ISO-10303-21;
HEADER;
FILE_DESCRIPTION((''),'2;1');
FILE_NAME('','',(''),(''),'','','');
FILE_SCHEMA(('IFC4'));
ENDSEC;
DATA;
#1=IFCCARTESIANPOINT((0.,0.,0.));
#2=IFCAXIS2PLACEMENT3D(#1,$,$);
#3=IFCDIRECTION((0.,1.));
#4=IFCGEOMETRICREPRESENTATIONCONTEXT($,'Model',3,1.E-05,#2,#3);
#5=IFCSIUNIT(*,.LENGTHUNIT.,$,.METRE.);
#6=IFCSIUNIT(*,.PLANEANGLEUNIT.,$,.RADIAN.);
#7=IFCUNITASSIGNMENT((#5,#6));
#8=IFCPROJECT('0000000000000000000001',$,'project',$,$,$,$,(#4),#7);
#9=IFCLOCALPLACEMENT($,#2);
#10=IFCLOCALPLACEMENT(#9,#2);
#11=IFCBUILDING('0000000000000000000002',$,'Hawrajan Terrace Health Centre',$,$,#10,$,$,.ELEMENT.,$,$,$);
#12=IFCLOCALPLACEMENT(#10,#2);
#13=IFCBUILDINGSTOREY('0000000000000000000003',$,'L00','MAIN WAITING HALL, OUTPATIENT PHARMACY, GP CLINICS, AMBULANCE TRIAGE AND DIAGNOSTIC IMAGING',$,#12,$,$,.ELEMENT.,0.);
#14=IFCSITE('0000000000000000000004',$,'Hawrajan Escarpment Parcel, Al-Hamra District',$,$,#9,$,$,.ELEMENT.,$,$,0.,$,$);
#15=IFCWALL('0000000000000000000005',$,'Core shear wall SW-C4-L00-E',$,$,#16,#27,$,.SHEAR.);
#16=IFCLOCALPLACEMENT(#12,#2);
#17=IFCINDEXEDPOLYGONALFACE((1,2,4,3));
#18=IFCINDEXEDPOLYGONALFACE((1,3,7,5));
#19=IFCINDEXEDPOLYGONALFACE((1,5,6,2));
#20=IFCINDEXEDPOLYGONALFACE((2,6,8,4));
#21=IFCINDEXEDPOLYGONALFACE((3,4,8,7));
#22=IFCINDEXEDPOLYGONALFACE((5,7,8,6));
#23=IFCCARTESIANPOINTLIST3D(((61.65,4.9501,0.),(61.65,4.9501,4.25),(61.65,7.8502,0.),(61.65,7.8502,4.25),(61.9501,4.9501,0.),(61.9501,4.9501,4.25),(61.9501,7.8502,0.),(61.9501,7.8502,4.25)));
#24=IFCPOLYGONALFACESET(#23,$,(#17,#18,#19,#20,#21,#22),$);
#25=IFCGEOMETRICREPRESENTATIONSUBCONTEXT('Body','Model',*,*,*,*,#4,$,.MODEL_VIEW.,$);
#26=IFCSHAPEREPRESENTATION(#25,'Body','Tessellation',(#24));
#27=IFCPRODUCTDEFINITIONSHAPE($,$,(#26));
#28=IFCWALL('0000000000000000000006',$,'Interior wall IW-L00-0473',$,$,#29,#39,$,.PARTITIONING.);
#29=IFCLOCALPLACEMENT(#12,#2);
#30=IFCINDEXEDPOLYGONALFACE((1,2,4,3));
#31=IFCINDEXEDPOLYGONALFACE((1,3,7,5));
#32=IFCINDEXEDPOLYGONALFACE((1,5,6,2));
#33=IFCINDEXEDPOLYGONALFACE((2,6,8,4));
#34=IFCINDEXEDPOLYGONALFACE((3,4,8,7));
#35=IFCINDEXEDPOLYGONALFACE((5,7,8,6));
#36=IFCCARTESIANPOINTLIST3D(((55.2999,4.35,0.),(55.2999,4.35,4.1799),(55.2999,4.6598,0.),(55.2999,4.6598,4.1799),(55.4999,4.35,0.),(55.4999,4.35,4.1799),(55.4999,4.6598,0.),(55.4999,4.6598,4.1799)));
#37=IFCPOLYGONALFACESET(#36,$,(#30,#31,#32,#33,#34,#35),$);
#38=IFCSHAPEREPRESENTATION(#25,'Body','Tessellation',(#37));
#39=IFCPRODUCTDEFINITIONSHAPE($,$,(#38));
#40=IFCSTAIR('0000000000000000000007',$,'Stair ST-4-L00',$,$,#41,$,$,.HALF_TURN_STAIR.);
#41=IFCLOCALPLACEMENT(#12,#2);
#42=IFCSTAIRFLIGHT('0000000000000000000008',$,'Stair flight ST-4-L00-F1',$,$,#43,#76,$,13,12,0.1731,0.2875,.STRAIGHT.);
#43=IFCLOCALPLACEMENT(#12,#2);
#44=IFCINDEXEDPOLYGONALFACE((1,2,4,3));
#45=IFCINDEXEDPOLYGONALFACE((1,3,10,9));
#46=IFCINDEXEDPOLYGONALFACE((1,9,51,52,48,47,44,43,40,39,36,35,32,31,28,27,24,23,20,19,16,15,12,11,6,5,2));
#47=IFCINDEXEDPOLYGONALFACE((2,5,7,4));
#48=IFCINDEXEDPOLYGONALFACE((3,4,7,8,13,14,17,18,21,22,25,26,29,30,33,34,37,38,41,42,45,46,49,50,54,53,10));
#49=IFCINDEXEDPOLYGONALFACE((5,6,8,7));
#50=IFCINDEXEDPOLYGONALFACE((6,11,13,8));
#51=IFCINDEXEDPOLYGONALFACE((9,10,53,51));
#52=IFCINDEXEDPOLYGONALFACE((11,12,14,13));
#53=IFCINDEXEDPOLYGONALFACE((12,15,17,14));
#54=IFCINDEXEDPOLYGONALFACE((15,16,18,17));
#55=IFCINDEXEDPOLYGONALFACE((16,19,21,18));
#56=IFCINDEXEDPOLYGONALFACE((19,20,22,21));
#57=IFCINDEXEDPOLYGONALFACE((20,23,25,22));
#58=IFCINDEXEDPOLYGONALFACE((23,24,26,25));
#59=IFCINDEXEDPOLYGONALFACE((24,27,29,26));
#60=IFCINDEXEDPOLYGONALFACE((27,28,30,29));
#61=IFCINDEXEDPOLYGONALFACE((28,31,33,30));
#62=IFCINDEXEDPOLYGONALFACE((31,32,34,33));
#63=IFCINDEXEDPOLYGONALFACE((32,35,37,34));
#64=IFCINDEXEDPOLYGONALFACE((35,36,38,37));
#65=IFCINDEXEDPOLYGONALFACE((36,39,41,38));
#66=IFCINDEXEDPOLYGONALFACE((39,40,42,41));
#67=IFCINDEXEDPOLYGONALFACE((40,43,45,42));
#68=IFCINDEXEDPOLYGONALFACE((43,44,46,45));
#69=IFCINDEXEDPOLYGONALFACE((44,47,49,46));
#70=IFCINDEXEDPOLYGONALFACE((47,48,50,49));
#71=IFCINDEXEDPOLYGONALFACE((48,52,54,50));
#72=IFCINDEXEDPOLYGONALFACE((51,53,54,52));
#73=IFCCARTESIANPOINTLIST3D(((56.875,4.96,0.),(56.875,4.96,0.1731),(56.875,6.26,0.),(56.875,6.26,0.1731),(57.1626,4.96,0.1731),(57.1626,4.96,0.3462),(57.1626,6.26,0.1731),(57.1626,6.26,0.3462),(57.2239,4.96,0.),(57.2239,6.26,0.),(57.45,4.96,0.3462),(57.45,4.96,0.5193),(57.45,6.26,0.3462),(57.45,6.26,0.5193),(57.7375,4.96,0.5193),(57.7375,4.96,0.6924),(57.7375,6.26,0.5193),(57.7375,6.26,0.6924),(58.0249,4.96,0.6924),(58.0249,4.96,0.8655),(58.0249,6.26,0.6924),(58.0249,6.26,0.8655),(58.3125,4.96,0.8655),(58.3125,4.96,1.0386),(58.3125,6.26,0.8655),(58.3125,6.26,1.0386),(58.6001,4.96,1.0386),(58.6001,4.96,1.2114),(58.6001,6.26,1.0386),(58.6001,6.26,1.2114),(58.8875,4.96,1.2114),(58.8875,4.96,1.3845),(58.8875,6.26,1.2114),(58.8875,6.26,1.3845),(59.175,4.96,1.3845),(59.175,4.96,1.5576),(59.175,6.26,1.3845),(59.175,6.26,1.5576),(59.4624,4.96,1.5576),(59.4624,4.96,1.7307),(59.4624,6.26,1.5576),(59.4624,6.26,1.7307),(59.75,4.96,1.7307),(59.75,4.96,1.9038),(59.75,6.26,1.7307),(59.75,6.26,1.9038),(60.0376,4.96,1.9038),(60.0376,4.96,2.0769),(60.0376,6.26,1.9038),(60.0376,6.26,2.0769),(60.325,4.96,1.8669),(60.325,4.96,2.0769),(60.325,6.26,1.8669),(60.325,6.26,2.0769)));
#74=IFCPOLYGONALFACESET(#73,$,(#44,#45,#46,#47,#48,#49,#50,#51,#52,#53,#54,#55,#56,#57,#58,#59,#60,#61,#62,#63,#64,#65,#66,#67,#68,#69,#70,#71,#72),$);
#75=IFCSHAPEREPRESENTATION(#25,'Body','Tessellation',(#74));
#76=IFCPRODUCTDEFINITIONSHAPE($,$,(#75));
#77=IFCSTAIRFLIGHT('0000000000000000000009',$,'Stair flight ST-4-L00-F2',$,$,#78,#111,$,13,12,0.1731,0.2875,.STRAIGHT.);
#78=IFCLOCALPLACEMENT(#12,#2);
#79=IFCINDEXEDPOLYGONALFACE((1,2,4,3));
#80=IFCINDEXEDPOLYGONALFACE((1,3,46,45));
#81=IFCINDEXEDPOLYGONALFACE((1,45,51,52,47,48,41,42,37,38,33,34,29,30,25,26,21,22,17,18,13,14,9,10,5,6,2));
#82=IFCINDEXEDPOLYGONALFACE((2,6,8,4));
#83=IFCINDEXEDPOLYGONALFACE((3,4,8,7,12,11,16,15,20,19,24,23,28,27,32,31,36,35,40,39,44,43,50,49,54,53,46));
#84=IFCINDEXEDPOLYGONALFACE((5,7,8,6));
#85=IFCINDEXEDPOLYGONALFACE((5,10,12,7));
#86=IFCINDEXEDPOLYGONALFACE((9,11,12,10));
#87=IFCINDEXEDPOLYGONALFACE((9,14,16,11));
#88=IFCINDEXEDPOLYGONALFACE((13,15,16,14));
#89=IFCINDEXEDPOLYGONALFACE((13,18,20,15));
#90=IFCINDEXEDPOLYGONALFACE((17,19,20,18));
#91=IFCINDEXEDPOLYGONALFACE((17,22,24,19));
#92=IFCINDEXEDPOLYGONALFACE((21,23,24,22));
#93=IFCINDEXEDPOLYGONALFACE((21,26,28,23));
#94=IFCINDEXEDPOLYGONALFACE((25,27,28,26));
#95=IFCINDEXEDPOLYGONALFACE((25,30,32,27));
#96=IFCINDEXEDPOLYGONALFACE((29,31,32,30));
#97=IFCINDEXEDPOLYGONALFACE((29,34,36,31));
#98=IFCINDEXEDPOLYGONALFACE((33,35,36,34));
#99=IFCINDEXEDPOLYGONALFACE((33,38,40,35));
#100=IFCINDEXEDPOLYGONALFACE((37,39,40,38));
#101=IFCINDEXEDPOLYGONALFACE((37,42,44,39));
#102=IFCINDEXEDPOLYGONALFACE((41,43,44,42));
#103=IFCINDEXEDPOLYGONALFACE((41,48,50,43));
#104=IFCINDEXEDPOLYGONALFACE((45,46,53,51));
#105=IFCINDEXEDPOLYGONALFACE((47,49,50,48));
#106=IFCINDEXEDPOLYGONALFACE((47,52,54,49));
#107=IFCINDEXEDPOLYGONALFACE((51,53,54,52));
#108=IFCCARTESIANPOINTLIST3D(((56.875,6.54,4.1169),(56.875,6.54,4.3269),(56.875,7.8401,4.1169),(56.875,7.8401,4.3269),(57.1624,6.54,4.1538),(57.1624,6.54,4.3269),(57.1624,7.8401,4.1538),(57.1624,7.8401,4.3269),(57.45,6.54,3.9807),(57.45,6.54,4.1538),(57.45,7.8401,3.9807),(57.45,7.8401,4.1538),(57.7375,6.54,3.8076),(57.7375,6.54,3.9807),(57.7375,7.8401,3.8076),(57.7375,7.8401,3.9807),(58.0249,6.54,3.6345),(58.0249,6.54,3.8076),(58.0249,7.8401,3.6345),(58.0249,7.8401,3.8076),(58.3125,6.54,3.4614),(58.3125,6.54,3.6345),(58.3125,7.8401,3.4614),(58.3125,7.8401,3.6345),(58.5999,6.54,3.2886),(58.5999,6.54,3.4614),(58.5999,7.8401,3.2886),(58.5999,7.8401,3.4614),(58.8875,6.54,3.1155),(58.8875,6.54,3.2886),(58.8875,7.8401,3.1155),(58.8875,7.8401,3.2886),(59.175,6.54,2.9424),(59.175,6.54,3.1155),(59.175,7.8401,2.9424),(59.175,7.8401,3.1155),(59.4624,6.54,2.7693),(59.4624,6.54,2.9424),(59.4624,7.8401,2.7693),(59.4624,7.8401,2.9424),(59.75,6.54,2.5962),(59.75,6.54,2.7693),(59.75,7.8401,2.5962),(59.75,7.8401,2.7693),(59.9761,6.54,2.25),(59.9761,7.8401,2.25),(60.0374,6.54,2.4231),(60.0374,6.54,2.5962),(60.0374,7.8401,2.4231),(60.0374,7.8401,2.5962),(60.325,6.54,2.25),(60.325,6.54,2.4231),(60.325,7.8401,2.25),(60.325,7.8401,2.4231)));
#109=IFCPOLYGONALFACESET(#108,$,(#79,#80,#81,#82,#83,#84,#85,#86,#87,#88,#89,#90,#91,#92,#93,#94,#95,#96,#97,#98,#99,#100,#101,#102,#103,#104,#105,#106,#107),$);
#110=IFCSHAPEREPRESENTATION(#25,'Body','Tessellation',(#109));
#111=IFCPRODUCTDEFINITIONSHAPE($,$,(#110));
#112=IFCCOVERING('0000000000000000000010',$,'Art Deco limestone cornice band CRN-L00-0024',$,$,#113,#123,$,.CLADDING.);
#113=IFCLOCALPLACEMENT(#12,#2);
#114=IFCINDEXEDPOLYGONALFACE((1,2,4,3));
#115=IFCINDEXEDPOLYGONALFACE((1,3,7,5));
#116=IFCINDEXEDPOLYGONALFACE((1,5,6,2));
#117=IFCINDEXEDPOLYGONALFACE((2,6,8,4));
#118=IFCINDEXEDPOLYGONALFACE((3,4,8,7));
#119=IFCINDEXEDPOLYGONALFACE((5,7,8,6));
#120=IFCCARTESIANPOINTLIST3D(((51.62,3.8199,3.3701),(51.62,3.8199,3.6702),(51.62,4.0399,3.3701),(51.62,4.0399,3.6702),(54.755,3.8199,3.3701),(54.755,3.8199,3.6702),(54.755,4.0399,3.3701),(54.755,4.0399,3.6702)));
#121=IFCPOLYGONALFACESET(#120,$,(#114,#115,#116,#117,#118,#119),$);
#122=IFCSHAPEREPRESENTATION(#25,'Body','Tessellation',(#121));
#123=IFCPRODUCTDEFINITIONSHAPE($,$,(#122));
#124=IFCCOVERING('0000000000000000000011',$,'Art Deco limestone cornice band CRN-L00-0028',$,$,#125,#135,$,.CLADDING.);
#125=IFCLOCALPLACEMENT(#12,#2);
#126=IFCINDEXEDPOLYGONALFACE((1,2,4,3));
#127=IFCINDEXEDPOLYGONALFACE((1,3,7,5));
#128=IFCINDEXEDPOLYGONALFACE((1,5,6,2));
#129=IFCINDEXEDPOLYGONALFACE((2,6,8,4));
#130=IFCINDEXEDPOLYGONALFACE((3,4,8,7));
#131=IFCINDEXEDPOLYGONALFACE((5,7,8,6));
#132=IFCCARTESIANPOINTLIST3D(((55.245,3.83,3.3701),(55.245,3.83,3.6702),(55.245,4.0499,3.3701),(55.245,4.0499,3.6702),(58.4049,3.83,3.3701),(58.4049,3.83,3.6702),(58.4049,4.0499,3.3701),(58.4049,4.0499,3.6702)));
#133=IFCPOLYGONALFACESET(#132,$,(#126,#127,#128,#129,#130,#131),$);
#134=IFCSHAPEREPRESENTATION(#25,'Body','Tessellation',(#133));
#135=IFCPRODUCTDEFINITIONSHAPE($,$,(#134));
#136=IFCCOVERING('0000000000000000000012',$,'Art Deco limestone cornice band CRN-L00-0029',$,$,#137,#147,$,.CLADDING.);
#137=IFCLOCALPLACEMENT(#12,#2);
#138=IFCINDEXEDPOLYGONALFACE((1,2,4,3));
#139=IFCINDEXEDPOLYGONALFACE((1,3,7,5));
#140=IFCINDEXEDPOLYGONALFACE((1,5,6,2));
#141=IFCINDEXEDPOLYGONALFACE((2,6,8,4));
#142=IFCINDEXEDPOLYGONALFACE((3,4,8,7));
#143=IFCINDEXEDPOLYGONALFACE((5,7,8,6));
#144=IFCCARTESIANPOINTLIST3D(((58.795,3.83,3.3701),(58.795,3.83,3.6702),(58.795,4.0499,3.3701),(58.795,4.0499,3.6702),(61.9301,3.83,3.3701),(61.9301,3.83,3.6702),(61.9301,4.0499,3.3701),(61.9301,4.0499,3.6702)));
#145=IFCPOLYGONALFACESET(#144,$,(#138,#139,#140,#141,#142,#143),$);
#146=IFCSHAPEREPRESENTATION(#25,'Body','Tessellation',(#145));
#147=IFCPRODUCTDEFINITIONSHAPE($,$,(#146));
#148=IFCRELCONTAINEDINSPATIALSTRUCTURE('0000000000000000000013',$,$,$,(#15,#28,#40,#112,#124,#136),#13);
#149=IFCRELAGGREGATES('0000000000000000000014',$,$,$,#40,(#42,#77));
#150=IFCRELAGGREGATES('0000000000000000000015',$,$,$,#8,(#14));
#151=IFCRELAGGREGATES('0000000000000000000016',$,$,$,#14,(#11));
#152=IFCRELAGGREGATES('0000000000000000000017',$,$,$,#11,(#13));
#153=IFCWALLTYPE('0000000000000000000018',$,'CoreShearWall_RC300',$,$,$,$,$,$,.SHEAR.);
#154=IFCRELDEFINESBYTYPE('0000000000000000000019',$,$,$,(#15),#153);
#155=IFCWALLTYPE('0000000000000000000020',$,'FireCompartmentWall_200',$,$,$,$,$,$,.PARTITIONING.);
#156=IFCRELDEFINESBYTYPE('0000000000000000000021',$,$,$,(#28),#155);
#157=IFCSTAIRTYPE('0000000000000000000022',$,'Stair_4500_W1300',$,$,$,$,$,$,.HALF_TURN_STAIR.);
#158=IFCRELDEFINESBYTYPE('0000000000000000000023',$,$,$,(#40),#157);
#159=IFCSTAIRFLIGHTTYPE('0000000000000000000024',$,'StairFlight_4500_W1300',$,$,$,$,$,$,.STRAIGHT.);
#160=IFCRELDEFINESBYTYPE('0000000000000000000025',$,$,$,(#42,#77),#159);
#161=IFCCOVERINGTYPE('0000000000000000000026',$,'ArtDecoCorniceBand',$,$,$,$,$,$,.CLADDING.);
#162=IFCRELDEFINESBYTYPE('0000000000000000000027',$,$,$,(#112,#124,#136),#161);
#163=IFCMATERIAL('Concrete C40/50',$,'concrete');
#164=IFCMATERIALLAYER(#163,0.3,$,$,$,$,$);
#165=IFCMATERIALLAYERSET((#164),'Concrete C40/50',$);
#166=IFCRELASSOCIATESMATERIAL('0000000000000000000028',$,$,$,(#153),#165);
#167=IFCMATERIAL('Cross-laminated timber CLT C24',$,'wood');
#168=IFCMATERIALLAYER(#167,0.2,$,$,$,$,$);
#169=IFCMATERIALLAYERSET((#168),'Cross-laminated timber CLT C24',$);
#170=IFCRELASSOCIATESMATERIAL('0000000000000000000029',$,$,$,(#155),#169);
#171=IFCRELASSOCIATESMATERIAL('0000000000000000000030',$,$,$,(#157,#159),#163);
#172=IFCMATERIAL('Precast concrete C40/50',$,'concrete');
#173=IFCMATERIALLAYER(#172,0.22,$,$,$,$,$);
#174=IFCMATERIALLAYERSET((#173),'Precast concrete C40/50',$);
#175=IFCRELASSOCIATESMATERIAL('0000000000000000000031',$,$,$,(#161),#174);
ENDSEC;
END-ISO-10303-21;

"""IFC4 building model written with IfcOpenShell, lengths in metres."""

from ifc_helpers import new_model, si_unit, direction, frame, frame_2d, origin, origin_2d, place, context, subcontext, project, spatial, polyline, rectangle, outline, extrude, material, layer, layer_set, type_object, element, aggregate, save


model = new_model("IFC4")

# Units and contexts
model_context = context("Model", 3, precision=1e-05, world=origin(), true_north=direction((0.0, 1.0)))
body_context = subcontext(model_context, "Body", "Model", "MODEL_VIEW")
ifc_project = project(units=[si_unit("LENGTHUNIT", "METRE"), si_unit("PLANEANGLEUNIT", "RADIAN")], contexts=[model_context])

# Site, building, storey
site_placement = place(None, origin())
site = spatial("IfcSite", under=ifc_project, at=site_placement, Name="Hawrajan Escarpment Parcel, Al-Hamra District", CompositionType="ELEMENT", RefElevation=0.0)
building_placement = place(site_placement, origin())
building = spatial("IfcBuilding", under=site, at=building_placement, Name="Hawrajan Terrace Health Centre", CompositionType="ELEMENT")
storey_placement = place(building_placement, origin())
storey = spatial("IfcBuildingStorey", under=building, at=storey_placement, Name="L00", Description="MAIN WAITING HALL, OUTPATIENT PHARMACY, GP CLINICS, AMBULANCE TRIAGE AND DIAGNOSTIC IMAGING", CompositionType="ELEMENT", Elevation=0.0)

# Shared definitions
ifc_material_1 = material(Name="Concrete C40/50", Category="concrete")

# Shared definitions
ifc_material_2 = material(Name="Precast concrete C40/50", Category="concrete")

# Shared definitions
ifc_layer_1 = layer(ifc_material_1, 0.3)
ifc_layer_set_1 = layer_set([ifc_layer_1], Name="Concrete C40/50")
wall_type_1 = type_object("IfcWallType", Name="CoreShearWall_RC300", PredefinedType="SHEAR", material=ifc_layer_set_1)

# Walls
wall_1_placement = place(storey_placement, frame((61.8, 4.95, 0.0), z_axis=(0.0, 0.0, 1.0), x_axis=(0.0, 1.0, 0.0)))
element("IfcWall", 1, at=wall_1_placement, inside=storey, type_object=wall_type_1, Name="Core shear wall SW-C4-L00-E", PredefinedType="SHEAR", context=body_context, shape_type="SweptSolid", body=[
    extrude(rectangle(XDim=2.9001, YDim=0.3, at=frame_2d((1.4502, 0.0))), origin(), (0.0, 0.0, 1.0), 4.25),
])
ifc_material_3 = material(Name="Cross-laminated timber CLT C24", Category="wood")
ifc_layer_2 = layer(ifc_material_3, 0.2)
ifc_layer_set_2 = layer_set([ifc_layer_2], Name="Cross-laminated timber CLT C24")
wall_type_2 = type_object("IfcWallType", Name="FireCompartmentWall_200", PredefinedType="PARTITIONING", material=ifc_layer_set_2)
wall_2_placement = place(storey_placement, frame((55.3999, 4.3501, 0.0), z_axis=(0.0, 0.0, 1.0), x_axis=(0.0, 1.0, 0.0)))
element("IfcWall", 2, at=wall_2_placement, inside=storey, type_object=wall_type_2, Name="Interior wall IW-L00-0473", PredefinedType="PARTITIONING", context=body_context, shape_type="SweptSolid", body=[
    extrude(rectangle(XDim=0.3098, YDim=0.2, at=frame_2d((0.1548, 0.0))), origin(), (0.0, 0.0, 1.0), 4.1799),
])

# Stair, stair flights
stair_type = type_object("IfcStairType", Name="Stair_4500_W1300", PredefinedType="HALF_TURN_STAIR", material=ifc_material_1)
stair_placement = place(storey_placement, origin())
stair = element("IfcStair", 3, at=stair_placement, inside=storey, type_object=stair_type, Name="Stair ST-4-L00", PredefinedType="HALF_TURN_STAIR")
stair_flight_type = type_object("IfcStairFlightType", Name="StairFlight_4500_W1300", PredefinedType="STRAIGHT", material=ifc_material_1)
stair_flight_1_placement = place(storey_placement, frame((56.875, 5.6101, 0.0), z_axis=(0.0, 0.0, 1.0), x_axis=(1.0, 0.0, 0.0)))
stair_flight_1 = element("IfcStairFlight", 4, at=stair_flight_1_placement, type_object=stair_flight_type, Name="Stair flight ST-4-L00-F1", NumberOfRisers=13, NumberOfTreads=12, PredefinedType="STRAIGHT", RiserHeight=0.1731, TreadLength=0.2875, context=body_context, shape_type="SweptSolid", body=[
    extrude(outline(polyline([(0.0, 0.0), (0.0, 0.1731), (0.2876, 0.1731), (0.2876, 0.3462), (0.575, 0.3462), (0.575, 0.5193), (0.8625, 0.5193), (0.8625, 0.6924), (1.1499, 0.6924), (1.1499, 0.8655), (1.4375, 0.8655), (1.4375, 1.0386), (1.7251, 1.0386), (1.7251, 1.2114), (2.0125, 1.2114), (2.0125, 1.3845), (2.3, 1.3845), (2.3, 1.5576), (2.5874, 1.5576), (2.5874, 1.7307), (2.875, 1.7307), (2.875, 1.9038), (3.1626, 1.9038), (3.1626, 2.0769), (3.45, 2.0769), (3.45, 2.25), (3.45, 1.8669), (0.3489, 0.0), (0.0, 0.0)])), frame((0.0, 0.6499, 0.0), z_axis=(0.0, -1.0, 0.0), x_axis=(1.0, 0.0, 0.0)), (0.0, 0.0, 1.0), 1.3),
])
stair_flight_2_placement = place(storey_placement, frame((60.325, 7.1899, 2.25), z_axis=(0.0, 0.0, 1.0), x_axis=(-1.0, 0.0, 0.0)))
stair_flight_2 = element("IfcStairFlight", 5, at=stair_flight_2_placement, type_object=stair_flight_type, Name="Stair flight ST-4-L00-F2", NumberOfRisers=13, NumberOfTreads=12, PredefinedType="STRAIGHT", RiserHeight=0.1731, TreadLength=0.2875, context=body_context, shape_type="SweptSolid", body=[
    extrude(outline(polyline([(0.0, 0.0), (0.0, 0.1731), (0.2876, 0.1731), (0.2876, 0.3462), (0.575, 0.3462), (0.575, 0.5193), (0.8625, 0.5193), (0.8625, 0.6924), (1.1499, 0.6924), (1.1499, 0.8655), (1.4375, 0.8655), (1.4375, 1.0386), (1.7251, 1.0386), (1.7251, 1.2114), (2.0125, 1.2114), (2.0125, 1.3845), (2.3, 1.3845), (2.3, 1.5576), (2.5874, 1.5576), (2.5874, 1.7307), (2.875, 1.7307), (2.875, 1.9038), (3.1626, 1.9038), (3.1626, 2.0769), (3.45, 2.0769), (3.45, 2.25), (3.45, 1.8669), (0.3489, 0.0), (0.0, 0.0)])), frame((0.0, 0.6499, 0.0), z_axis=(0.0, -1.0, 0.0), x_axis=(1.0, 0.0, 0.0)), (0.0, 0.0, 1.0), 1.3),
])
aggregate(stair, [stair_flight_1, stair_flight_2])

# Coverings
ifc_layer_3 = layer(ifc_material_2, 0.22)
ifc_layer_set_3 = layer_set([ifc_layer_3], Name="Precast concrete C40/50")
covering_type = type_object("IfcCoveringType", Name="ArtDecoCorniceBand", PredefinedType="CLADDING", material=ifc_layer_set_3)
covering_1_placement = place(storey_placement, frame((53.1875, 3.9299, 3.3701), z_axis=(0.0, 0.0, 1.0), x_axis=(1.0, 0.0, 0.0)))
element("IfcCovering", 6, at=covering_1_placement, inside=storey, type_object=covering_type, Name="Art Deco limestone cornice band CRN-L00-0024", PredefinedType="CLADDING", context=body_context, shape_type="SweptSolid", body=[
    extrude(rectangle(XDim=3.135, YDim=0.22, at=origin_2d()), origin(), (0.0, 0.0, 1.0), 0.3),
])
covering_2_placement = place(storey_placement, frame((56.825, 3.9399, 3.3701), z_axis=(0.0, 0.0, 1.0), x_axis=(1.0, 0.0, 0.0)))
element("IfcCovering", 7, at=covering_2_placement, inside=storey, type_object=covering_type, Name="Art Deco limestone cornice band CRN-L00-0028", PredefinedType="CLADDING", context=body_context, shape_type="SweptSolid", body=[
    extrude(rectangle(XDim=3.1599, YDim=0.22, at=origin_2d()), origin(), (0.0, 0.0, 1.0), 0.3),
])
covering_3_placement = place(storey_placement, frame((60.3625, 3.9399, 3.3701), z_axis=(0.0, 0.0, 1.0), x_axis=(1.0, 0.0, 0.0)))
element("IfcCovering", 8, at=covering_3_placement, inside=storey, type_object=covering_type, Name="Art Deco limestone cornice band CRN-L00-0029", PredefinedType="CLADDING", context=body_context, shape_type="SweptSolid", body=[
    extrude(rectangle(XDim=3.135, YDim=0.22, at=origin_2d()), origin(), (0.0, 0.0, 1.0), 0.3),
])

save(model, "model.ifc")
